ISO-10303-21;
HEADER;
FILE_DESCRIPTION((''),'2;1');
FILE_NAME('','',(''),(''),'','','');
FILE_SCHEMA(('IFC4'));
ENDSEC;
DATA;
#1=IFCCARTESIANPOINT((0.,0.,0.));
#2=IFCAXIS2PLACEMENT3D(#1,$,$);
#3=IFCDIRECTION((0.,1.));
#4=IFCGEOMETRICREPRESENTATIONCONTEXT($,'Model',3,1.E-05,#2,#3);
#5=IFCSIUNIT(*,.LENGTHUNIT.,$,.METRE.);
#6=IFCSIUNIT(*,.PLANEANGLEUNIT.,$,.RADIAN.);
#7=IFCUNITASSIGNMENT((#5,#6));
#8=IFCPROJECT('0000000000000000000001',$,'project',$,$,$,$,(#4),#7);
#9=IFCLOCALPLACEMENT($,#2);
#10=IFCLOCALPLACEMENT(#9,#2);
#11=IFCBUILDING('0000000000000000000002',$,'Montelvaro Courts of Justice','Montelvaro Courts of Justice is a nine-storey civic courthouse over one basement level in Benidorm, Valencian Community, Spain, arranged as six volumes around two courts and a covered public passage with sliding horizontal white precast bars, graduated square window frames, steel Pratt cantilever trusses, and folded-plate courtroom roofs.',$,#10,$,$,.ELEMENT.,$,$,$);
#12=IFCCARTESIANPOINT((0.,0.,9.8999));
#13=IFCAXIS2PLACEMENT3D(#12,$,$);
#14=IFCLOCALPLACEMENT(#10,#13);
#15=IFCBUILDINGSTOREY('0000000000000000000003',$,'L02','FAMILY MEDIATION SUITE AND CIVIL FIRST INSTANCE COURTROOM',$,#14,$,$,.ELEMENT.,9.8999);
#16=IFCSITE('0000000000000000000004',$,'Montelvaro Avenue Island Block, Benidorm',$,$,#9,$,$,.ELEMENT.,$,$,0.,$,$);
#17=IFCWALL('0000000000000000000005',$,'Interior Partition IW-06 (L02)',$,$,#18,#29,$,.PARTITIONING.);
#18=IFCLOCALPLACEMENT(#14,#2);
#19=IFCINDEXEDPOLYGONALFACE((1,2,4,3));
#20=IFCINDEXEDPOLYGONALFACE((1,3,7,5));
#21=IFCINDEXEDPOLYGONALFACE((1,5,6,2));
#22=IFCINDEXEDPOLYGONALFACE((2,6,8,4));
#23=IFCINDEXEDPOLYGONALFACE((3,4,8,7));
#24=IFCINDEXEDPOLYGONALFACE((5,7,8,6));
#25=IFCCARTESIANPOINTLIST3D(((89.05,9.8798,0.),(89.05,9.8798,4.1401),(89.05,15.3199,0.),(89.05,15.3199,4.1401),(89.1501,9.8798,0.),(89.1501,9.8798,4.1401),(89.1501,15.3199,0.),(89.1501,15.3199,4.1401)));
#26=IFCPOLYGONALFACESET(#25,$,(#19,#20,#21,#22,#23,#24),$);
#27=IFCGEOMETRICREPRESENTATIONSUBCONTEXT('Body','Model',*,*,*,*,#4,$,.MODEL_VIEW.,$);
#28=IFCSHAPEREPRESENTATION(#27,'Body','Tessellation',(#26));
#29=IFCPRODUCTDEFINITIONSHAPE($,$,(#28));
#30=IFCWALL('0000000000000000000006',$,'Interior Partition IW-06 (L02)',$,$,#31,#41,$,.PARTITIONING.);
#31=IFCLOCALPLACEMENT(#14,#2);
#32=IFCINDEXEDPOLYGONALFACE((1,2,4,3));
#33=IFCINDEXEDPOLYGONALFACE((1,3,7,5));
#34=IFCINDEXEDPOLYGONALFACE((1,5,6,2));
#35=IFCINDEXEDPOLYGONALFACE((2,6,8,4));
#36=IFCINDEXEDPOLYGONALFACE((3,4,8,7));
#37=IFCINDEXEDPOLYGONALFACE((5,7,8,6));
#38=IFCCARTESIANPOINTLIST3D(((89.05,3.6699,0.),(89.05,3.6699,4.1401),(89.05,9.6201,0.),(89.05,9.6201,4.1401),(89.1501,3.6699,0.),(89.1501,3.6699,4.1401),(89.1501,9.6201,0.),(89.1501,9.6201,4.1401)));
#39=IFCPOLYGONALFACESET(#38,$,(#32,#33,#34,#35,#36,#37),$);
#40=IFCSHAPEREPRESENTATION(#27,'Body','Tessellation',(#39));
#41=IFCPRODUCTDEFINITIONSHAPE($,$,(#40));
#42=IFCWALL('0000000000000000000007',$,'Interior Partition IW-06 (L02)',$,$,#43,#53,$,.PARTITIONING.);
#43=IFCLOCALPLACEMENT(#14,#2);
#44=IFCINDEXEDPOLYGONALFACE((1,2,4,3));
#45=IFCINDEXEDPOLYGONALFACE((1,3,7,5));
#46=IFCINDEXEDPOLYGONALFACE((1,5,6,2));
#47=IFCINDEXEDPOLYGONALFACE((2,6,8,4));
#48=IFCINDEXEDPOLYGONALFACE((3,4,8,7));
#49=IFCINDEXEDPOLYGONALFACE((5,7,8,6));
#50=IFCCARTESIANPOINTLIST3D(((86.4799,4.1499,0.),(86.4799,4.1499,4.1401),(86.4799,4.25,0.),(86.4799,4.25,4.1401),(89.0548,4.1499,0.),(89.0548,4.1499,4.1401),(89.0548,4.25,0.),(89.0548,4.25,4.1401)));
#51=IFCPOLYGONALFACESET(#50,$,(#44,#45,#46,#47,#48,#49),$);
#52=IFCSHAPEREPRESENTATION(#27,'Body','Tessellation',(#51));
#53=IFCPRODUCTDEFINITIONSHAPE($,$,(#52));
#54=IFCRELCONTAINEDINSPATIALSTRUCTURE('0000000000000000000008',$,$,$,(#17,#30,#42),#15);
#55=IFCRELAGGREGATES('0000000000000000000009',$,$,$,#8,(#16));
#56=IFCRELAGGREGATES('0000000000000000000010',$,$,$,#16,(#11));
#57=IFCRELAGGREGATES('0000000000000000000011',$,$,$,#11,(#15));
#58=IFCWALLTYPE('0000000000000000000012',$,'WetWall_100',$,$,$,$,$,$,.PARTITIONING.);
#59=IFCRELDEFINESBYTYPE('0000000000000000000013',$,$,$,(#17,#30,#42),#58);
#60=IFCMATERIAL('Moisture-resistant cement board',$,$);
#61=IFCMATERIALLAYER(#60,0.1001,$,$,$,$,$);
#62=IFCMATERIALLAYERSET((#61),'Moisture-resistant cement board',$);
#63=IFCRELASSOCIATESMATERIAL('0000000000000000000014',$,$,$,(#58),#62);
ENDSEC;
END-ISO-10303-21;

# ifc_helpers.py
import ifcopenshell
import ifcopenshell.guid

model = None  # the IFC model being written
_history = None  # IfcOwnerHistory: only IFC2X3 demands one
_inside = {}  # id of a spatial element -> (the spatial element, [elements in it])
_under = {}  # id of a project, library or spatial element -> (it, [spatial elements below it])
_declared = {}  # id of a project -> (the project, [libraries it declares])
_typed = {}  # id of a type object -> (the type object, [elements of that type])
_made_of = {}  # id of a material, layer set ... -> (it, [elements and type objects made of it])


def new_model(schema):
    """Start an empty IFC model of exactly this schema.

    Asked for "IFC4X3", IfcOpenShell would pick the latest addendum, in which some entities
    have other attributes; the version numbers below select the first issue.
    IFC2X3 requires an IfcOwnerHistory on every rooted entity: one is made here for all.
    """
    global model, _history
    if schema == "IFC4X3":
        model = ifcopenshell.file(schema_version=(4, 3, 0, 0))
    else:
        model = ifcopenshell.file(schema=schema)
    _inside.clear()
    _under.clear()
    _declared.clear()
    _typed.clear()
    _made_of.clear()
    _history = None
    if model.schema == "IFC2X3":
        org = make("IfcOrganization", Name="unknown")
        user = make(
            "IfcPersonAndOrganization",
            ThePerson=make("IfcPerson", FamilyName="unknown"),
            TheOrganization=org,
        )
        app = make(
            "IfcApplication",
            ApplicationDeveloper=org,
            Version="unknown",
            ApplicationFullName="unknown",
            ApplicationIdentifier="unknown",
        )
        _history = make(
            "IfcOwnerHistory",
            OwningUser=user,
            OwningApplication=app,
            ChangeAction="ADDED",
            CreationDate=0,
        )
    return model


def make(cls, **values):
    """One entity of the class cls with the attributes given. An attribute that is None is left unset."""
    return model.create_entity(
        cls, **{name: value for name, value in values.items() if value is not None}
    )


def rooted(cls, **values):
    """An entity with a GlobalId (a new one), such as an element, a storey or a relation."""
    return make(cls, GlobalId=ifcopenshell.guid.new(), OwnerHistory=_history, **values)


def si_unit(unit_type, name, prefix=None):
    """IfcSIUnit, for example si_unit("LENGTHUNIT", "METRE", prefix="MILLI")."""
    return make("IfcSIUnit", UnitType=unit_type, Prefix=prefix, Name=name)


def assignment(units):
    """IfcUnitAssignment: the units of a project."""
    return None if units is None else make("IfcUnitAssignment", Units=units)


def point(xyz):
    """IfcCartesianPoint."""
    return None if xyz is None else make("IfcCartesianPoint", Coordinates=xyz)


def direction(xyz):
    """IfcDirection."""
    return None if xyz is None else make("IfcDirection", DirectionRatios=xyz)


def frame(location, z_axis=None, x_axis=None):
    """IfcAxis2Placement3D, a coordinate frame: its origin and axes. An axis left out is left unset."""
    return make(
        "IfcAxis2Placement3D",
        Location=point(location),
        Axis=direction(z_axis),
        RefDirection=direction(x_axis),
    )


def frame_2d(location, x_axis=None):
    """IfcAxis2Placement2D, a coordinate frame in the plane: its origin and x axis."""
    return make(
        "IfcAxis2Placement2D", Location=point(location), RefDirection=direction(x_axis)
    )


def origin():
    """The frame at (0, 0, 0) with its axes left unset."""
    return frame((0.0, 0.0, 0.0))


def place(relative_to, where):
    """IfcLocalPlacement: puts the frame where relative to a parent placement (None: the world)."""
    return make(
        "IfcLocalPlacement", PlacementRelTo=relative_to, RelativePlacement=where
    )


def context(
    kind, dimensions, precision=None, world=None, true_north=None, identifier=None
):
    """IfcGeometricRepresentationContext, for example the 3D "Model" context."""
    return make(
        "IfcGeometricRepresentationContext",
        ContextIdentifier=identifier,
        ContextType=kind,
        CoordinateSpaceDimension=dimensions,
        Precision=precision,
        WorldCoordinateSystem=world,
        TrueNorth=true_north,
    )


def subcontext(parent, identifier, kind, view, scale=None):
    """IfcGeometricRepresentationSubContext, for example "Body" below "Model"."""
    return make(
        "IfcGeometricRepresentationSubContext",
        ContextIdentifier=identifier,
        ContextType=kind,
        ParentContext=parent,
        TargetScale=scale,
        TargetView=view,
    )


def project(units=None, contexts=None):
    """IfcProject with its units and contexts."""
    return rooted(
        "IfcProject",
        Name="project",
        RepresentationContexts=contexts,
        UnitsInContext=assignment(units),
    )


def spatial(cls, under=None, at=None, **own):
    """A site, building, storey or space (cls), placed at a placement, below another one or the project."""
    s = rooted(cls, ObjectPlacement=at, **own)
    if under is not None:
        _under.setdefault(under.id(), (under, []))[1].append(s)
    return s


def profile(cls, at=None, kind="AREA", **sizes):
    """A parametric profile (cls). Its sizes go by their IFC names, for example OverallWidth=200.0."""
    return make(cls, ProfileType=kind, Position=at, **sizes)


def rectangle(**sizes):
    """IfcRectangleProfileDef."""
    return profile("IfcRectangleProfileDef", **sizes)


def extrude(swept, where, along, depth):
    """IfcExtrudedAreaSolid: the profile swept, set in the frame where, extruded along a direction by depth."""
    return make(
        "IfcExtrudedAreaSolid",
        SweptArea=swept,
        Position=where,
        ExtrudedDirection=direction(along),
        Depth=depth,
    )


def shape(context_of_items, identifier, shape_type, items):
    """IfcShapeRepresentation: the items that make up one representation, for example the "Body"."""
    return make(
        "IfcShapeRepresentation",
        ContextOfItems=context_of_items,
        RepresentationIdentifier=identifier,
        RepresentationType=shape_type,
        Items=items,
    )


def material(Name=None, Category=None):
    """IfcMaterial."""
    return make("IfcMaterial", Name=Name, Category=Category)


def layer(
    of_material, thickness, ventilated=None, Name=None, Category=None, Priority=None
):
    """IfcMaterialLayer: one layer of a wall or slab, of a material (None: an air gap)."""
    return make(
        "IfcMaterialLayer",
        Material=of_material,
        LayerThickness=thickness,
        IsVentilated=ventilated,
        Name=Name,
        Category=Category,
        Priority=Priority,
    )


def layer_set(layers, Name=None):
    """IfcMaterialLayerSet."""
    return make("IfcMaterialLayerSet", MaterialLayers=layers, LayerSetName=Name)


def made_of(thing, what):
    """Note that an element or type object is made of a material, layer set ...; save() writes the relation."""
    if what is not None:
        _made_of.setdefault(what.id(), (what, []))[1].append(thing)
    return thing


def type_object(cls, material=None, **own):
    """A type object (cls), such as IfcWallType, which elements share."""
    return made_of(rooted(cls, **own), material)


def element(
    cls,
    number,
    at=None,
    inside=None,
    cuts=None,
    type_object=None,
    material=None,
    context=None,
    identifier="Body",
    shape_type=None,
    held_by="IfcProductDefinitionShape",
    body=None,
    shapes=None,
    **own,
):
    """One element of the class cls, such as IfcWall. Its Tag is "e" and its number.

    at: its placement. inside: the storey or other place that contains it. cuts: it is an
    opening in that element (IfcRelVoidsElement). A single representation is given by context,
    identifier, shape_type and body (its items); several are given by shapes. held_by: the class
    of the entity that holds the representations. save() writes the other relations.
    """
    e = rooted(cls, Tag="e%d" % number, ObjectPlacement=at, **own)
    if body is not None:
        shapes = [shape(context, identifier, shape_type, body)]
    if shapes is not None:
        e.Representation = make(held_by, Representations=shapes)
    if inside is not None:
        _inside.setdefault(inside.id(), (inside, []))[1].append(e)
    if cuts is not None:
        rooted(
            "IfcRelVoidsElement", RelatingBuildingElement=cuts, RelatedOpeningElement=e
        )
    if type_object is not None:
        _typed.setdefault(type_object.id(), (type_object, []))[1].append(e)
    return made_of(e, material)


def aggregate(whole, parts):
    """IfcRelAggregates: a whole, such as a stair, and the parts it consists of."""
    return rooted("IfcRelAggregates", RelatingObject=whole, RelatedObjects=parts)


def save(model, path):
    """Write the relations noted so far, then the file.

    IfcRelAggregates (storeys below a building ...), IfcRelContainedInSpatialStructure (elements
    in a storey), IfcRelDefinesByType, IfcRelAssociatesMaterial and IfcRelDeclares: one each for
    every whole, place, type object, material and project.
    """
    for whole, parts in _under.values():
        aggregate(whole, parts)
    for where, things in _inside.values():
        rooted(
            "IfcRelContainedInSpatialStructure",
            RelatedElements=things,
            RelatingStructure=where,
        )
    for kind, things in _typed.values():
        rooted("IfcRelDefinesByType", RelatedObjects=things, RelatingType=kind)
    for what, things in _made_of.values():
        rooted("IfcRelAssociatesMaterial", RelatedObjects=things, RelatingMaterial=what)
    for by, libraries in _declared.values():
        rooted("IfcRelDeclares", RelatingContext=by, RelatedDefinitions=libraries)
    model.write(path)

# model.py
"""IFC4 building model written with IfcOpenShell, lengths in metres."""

from ifc_helpers import new_model, si_unit, direction, frame, frame_2d, origin, place, context, subcontext, project, spatial, rectangle, extrude, material, layer, layer_set, type_object, element, save


model = new_model("IFC4")

# Units and contexts
model_context = context("Model", 3, precision=1e-05, world=origin(), true_north=direction((0.0, 1.0)))
body_context = subcontext(model_context, "Body", "Model", "MODEL_VIEW")
ifc_project = project(units=[si_unit("LENGTHUNIT", "METRE"), si_unit("PLANEANGLEUNIT", "RADIAN")], contexts=[model_context])

# Site, building, storey
site_placement = place(None, origin())
site = spatial("IfcSite", under=ifc_project, at=site_placement, Name="Montelvaro Avenue Island Block, Benidorm", CompositionType="ELEMENT", RefElevation=0.0)
building_placement = place(site_placement, origin())
building = spatial("IfcBuilding", under=site, at=building_placement, Name="Montelvaro Courts of Justice", Description="Montelvaro Courts of Justice is a nine-storey civic courthouse over one basement level in Benidorm, Valencian Community, Spain, arranged as six volumes around two courts and a covered public passage with sliding horizontal white precast bars, graduated square window frames, steel Pratt cantilever trusses, and folded-plate courtroom roofs.", CompositionType="ELEMENT")
storey_placement = place(building_placement, frame((0.0, 0.0, 9.8999)))
storey = spatial("IfcBuildingStorey", under=building, at=storey_placement, Name="L02", Description="FAMILY MEDIATION SUITE AND CIVIL FIRST INSTANCE COURTROOM", CompositionType="ELEMENT", Elevation=9.8999)

# Walls
ifc_material_1 = material(Name="Moisture-resistant cement board")
ifc_layer_1 = layer(ifc_material_1, 0.1001)
ifc_layer_set_1 = layer_set([ifc_layer_1], Name="Moisture-resistant cement board")
wall_type_1 = type_object("IfcWallType", Name="WetWall_100", PredefinedType="PARTITIONING", material=ifc_layer_set_1)
wall_1_placement = place(storey_placement, frame((89.1001, 15.3201, 0.0), z_axis=(0.0, 0.0, 1.0), x_axis=(0.0, -1.0, 0.0)))
element("IfcWall", 1, at=wall_1_placement, inside=storey, type_object=wall_type_1, Name="Interior Partition IW-06 (L02)", PredefinedType="PARTITIONING", context=body_context, shape_type="SweptSolid", body=[
    extrude(rectangle(XDim=5.4402, YDim=0.1001, at=frame_2d((2.7202, 0.0))), origin(), (0.0, 0.0, 1.0), 4.1401),
])
wall_2_placement = place(storey_placement, frame((89.1001, 9.6201, 0.0), z_axis=(0.0, 0.0, 1.0), x_axis=(0.0, -1.0, 0.0)))
element("IfcWall", 2, at=wall_2_placement, inside=storey, type_object=wall_type_1, Name="Interior Partition IW-06 (L02)", PredefinedType="PARTITIONING", context=body_context, shape_type="SweptSolid", body=[
    extrude(rectangle(XDim=5.9502, YDim=0.1001, at=frame_2d((2.9751, 0.0))), origin(), (0.0, 0.0, 1.0), 4.1401),
])
wall_3_placement = place(storey_placement, frame((89.0549, 4.2, 0.0), z_axis=(0.0, 0.0, 1.0), x_axis=(-1.0, 0.0, 0.0)))
element("IfcWall", 3, at=wall_3_placement, inside=storey, type_object=wall_type_1, Name="Interior Partition IW-06 (L02)", PredefinedType="PARTITIONING", context=body_context, shape_type="SweptSolid", body=[
    extrude(rectangle(XDim=2.575, YDim=0.1001, at=frame_2d((1.2876, 0.0))), origin(), (0.0, 0.0, 1.0), 4.1401),
])

save(model, "model.ifc")
